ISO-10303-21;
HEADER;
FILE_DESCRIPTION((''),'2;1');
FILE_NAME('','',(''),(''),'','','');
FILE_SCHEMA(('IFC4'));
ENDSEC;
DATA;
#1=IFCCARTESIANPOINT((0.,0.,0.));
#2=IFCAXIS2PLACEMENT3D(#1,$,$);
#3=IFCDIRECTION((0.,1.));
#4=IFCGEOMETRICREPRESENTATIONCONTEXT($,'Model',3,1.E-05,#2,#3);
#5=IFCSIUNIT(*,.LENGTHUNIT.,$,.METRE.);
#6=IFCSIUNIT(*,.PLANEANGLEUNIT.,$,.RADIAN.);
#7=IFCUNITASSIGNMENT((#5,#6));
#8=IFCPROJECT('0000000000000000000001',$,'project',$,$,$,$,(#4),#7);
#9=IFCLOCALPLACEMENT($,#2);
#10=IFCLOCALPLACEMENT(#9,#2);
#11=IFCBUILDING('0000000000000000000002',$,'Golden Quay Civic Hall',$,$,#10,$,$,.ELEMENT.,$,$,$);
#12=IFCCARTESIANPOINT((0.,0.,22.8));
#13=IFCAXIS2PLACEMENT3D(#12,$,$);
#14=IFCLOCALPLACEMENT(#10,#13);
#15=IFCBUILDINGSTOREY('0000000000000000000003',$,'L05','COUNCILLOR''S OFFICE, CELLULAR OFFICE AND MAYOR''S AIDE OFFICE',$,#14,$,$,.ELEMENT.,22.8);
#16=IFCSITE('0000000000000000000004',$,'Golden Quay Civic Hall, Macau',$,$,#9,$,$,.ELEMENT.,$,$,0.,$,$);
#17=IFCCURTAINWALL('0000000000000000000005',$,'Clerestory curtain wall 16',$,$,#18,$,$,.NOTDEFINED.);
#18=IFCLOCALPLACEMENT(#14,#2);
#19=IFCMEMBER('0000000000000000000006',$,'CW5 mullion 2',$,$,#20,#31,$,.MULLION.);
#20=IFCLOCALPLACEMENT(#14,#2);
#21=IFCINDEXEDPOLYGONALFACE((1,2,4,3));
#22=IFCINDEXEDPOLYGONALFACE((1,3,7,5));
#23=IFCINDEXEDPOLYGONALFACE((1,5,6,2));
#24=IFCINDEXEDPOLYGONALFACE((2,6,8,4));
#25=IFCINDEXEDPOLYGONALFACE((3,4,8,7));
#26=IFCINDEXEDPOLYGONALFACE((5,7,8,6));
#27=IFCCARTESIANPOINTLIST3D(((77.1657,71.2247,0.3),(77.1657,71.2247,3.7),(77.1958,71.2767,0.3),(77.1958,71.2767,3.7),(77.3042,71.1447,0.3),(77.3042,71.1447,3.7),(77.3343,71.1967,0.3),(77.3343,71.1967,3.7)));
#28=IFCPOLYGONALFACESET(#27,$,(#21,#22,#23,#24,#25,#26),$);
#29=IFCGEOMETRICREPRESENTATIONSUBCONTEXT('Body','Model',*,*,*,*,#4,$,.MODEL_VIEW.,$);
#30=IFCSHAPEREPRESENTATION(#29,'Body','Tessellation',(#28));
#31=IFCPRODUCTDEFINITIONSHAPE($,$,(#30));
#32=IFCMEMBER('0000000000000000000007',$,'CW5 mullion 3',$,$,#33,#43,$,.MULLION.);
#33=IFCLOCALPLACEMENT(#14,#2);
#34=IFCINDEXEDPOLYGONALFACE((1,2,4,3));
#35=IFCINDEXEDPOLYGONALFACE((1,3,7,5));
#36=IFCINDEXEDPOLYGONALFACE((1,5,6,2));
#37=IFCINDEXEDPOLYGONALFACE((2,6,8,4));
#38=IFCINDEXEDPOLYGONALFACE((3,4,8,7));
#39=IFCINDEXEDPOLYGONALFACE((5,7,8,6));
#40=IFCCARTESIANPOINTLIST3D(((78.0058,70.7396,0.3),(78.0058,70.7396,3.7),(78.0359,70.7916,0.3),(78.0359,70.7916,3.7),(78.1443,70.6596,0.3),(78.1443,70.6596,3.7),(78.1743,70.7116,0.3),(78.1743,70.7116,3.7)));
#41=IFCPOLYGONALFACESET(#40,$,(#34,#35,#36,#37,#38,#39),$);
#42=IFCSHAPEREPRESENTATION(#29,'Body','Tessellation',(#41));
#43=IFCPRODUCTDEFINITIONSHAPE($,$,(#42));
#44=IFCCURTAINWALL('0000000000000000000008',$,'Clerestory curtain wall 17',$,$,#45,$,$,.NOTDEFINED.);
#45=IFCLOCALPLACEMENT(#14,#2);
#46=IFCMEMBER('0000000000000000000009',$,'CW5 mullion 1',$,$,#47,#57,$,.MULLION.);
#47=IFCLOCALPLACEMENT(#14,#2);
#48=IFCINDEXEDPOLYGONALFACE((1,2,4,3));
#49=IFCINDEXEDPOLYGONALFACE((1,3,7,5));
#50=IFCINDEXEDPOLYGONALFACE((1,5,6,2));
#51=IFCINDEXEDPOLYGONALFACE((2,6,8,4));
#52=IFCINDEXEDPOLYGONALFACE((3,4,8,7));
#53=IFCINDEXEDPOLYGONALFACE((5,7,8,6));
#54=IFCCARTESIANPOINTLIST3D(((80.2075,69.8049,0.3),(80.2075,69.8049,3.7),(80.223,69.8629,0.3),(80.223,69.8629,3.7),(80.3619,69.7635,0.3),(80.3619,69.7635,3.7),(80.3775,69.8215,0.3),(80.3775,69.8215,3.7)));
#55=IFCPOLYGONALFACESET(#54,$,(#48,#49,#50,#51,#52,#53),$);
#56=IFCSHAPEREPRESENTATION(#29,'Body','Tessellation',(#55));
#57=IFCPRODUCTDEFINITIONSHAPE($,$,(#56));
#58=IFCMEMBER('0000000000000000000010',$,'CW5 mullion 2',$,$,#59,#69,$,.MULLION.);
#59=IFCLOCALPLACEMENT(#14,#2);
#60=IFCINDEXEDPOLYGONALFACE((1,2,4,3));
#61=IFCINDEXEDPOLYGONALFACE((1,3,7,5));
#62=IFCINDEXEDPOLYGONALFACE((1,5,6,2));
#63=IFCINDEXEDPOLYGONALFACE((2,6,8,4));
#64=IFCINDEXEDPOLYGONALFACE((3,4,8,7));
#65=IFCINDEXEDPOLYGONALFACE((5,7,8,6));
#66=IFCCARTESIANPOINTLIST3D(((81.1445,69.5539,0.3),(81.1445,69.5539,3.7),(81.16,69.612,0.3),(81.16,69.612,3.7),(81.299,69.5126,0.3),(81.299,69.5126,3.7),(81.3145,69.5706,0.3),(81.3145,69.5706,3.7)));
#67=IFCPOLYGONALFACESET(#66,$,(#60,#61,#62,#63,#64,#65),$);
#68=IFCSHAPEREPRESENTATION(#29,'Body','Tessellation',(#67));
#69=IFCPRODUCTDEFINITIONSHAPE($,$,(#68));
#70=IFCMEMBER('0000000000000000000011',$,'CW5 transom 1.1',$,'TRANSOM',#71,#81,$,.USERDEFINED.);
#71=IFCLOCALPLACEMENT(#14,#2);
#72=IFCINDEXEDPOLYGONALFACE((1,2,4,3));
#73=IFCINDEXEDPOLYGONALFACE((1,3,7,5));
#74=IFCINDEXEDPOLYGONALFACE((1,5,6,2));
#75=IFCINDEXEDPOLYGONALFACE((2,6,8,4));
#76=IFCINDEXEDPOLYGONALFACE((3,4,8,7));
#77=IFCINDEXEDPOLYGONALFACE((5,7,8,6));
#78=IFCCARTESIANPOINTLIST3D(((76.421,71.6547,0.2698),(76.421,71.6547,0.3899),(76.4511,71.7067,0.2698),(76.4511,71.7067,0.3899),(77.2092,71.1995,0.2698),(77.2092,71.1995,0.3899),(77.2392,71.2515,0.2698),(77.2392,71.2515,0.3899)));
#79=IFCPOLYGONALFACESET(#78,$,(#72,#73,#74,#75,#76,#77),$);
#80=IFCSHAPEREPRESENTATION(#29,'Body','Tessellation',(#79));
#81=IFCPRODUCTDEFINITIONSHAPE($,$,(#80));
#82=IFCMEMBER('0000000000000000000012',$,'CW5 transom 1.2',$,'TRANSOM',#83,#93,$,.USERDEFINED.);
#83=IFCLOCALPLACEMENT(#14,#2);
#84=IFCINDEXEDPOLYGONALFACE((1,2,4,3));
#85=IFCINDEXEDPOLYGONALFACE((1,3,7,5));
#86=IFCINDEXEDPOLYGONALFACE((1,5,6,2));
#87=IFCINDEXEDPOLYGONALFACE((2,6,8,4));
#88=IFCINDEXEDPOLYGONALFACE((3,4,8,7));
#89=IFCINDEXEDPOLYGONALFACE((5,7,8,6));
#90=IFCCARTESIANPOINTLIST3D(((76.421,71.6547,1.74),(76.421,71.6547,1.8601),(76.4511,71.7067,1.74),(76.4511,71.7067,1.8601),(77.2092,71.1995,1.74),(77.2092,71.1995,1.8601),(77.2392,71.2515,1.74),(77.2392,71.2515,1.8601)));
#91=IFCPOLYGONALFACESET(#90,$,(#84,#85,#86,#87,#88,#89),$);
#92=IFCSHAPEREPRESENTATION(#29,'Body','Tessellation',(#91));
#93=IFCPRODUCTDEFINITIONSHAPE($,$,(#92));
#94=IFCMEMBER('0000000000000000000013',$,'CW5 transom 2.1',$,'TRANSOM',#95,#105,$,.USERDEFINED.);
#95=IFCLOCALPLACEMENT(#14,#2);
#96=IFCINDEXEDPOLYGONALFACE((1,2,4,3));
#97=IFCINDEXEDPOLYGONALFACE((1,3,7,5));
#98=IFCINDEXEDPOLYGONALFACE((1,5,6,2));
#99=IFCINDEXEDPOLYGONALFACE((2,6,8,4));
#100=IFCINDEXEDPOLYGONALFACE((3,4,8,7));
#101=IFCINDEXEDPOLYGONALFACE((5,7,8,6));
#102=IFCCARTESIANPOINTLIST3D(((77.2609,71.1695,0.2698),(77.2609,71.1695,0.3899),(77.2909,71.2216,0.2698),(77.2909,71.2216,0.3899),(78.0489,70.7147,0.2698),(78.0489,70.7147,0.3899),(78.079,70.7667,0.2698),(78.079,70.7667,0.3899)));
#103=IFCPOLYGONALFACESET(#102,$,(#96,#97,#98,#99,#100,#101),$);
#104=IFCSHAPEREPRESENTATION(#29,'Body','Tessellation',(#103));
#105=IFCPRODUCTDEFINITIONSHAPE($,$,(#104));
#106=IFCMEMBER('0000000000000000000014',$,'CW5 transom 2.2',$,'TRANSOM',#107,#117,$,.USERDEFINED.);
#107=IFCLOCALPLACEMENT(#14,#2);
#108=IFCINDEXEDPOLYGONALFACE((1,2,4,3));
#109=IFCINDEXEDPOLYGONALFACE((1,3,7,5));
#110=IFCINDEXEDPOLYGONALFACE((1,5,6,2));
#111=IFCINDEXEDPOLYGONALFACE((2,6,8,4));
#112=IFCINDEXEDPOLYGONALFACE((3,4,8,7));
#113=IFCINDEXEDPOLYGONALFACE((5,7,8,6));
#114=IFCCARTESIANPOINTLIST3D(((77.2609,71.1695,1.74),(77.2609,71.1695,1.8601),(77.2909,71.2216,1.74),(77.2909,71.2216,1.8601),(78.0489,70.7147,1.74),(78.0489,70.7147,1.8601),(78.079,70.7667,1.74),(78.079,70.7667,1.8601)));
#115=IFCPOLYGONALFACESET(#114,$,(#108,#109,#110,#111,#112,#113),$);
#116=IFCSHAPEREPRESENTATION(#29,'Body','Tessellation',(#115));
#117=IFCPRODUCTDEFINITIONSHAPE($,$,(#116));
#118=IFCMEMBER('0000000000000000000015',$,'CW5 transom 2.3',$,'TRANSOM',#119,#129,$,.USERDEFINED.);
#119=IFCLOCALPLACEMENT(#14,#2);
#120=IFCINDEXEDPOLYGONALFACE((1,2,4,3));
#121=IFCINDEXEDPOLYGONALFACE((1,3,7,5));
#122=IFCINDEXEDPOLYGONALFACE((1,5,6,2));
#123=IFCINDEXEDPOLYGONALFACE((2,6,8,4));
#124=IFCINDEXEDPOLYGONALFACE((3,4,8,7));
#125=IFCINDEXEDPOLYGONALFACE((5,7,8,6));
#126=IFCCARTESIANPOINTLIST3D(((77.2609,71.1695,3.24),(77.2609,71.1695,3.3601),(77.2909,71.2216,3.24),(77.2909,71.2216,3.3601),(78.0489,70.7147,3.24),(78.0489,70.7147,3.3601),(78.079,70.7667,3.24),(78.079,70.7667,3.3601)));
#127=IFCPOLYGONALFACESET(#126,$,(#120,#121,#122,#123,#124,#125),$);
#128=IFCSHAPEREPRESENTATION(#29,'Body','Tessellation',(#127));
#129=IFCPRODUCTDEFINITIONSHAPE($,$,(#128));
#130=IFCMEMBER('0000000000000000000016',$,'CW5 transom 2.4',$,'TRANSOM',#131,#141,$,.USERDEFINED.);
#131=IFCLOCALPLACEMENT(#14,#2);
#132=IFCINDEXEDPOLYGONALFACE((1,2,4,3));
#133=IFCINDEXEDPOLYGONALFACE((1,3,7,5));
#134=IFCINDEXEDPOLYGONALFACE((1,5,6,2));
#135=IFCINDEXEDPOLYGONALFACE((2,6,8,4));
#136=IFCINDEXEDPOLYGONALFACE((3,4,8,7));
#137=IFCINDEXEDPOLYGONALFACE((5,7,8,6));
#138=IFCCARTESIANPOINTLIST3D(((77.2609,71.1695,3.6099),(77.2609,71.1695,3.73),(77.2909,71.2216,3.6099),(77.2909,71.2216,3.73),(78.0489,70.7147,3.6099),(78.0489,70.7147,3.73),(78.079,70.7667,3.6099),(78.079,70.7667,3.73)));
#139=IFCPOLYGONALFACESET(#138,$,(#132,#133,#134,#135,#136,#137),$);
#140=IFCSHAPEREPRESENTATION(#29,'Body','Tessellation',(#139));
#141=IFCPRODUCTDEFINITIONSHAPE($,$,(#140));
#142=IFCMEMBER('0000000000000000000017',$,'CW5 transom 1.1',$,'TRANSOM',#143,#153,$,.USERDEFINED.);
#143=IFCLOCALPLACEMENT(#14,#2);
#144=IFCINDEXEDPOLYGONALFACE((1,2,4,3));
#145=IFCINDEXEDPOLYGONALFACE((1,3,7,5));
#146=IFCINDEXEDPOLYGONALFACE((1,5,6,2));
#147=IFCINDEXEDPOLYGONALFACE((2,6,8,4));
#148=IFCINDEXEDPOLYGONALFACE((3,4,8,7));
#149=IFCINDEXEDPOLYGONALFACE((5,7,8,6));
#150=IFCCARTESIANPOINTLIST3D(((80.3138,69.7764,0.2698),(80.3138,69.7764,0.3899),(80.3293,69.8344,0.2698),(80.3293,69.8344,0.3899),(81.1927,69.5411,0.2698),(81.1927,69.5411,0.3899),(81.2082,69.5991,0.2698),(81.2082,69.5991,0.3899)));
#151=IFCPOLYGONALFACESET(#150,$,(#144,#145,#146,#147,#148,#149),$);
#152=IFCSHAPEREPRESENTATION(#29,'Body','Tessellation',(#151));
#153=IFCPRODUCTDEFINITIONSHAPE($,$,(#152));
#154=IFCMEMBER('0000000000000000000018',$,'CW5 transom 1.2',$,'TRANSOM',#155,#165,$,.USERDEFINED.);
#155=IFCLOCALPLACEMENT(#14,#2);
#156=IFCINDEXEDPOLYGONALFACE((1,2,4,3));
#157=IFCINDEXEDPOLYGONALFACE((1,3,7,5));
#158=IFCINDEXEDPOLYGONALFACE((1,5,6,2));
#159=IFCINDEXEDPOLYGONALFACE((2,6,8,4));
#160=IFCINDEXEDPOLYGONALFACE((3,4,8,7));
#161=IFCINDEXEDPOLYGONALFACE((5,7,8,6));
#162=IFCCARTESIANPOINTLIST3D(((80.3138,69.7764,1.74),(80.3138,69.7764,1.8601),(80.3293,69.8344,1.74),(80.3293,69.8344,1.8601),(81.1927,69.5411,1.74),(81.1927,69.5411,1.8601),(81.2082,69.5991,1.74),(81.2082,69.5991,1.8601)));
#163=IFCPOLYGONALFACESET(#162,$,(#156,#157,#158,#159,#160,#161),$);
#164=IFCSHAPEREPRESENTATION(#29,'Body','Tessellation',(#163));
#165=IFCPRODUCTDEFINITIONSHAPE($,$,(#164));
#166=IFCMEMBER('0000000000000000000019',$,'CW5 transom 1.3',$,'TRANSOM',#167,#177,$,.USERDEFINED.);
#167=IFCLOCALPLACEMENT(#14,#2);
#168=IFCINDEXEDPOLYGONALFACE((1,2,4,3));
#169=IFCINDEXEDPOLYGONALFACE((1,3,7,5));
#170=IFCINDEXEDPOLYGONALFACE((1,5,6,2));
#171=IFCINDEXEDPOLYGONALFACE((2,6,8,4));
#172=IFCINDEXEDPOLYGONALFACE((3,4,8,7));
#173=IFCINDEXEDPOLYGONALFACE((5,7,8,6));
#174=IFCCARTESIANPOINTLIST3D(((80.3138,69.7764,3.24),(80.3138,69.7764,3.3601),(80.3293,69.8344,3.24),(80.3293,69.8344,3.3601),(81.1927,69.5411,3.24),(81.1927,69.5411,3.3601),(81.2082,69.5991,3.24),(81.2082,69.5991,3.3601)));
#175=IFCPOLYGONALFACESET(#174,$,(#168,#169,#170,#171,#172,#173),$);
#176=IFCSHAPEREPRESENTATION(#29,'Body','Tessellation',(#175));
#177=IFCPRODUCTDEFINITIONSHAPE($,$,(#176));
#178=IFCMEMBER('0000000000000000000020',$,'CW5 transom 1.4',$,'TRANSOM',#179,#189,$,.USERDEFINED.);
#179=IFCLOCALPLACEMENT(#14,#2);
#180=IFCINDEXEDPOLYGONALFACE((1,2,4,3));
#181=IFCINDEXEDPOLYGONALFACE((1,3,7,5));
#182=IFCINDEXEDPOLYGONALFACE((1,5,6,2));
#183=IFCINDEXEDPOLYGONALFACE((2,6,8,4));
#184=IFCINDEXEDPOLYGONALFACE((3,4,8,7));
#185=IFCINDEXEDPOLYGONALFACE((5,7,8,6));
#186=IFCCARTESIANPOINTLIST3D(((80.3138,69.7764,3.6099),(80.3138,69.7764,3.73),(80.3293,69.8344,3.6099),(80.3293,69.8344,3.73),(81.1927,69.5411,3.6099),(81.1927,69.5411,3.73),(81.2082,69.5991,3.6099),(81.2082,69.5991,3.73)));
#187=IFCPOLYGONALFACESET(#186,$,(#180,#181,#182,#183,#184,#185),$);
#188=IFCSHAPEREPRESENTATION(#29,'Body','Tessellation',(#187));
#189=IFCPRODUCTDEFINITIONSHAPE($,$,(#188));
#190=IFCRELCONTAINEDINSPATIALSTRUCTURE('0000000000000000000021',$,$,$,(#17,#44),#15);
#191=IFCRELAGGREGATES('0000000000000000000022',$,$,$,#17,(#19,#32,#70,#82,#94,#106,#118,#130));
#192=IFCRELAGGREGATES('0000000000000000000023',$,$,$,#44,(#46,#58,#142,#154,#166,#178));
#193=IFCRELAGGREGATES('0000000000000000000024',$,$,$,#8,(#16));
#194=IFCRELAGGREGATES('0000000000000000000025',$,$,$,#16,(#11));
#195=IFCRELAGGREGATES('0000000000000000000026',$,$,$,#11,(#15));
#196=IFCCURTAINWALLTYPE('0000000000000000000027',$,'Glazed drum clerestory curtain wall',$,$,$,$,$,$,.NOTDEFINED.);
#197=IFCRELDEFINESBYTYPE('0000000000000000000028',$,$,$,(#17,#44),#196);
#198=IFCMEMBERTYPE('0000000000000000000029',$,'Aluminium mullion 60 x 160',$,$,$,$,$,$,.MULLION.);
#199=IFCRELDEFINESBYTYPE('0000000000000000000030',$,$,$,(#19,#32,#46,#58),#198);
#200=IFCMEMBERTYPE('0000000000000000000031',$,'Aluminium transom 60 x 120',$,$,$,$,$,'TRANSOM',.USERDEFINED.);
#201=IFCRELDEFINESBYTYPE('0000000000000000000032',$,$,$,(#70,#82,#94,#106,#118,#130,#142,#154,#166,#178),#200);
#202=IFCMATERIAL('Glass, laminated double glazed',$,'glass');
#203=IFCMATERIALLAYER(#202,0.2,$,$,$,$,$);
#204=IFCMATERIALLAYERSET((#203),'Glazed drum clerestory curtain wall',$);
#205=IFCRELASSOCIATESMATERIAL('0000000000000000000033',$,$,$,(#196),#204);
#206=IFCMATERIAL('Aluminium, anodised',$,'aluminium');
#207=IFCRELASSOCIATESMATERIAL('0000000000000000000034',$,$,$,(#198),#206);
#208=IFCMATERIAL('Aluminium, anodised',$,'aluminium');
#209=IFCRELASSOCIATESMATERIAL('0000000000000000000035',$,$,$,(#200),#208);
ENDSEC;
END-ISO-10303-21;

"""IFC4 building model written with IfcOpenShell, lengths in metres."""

from ifc_helpers import new_model, si_unit, direction, frame, origin, origin_2d, place, context, subcontext, project, spatial, rectangle, extrude, material, layer, layer_set, material_profile, profile_set, type_object, element, aggregate, save


model = new_model("IFC4")

# Units and contexts
model_context = context("Model", 3, precision=1e-05, world=origin(), true_north=direction((0.0, 1.0)))
body_context = subcontext(model_context, "Body", "Model", "MODEL_VIEW")
ifc_project = project(units=[si_unit("LENGTHUNIT", "METRE"), si_unit("PLANEANGLEUNIT", "RADIAN")], contexts=[model_context])

# Site, building, storey
site_placement = place(None, origin())
site = spatial("IfcSite", under=ifc_project, at=site_placement, Name="Golden Quay Civic Hall, Macau", CompositionType="ELEMENT", RefElevation=0.0)
building_placement = place(site_placement, origin())
building = spatial("IfcBuilding", under=site, at=building_placement, Name="Golden Quay Civic Hall", CompositionType="ELEMENT")
storey_placement = place(building_placement, frame((0.0, 0.0, 22.8)))
storey = spatial("IfcBuildingStorey", under=building, at=storey_placement, Name="L05", Description="COUNCILLOR'S OFFICE, CELLULAR OFFICE AND MAYOR'S AIDE OFFICE", CompositionType="ELEMENT", Elevation=22.8)

# Curtain walls, members
ifc_material_1 = material(Name="Glass, laminated double glazed", Category="glass")
ifc_layer_1 = layer(ifc_material_1, 0.2)
ifc_layer_set_1 = layer_set([ifc_layer_1], Name="Glazed drum clerestory curtain wall")
curtain_wall_type = type_object("IfcCurtainWallType", Name="Glazed drum clerestory curtain wall", PredefinedType="NOTDEFINED", material=ifc_layer_set_1)
curtain_wall_1_placement = place(storey_placement, origin())
curtain_wall_1 = element("IfcCurtainWall", 1, at=curtain_wall_1_placement, inside=storey, type_object=curtain_wall_type, Name="Clerestory curtain wall 16", PredefinedType="NOTDEFINED")
ifc_material_2 = material(Name="Aluminium, anodised", Category="aluminium")
ifc_material_profile_1 = material_profile(ifc_material_2, rectangle(XDim=0.0601, YDim=0.1599, at=origin_2d()), Name="Aluminium 60 x 160")
ifc_profile_set_1 = profile_set([ifc_material_profile_1], Name="Aluminium, anodised")
member_type_1 = type_object("IfcMemberType", Name="Aluminium mullion 60 x 160", PredefinedType="MULLION", material=ifc_profile_set_1)
member_1_placement = place(storey_placement, frame((77.25, 71.2107, 0.3), z_axis=(0.0, 0.0, 1.0), x_axis=(0.500011, 0.866019, 0.0)))
member_1 = element("IfcMember", 2, at=member_1_placement, type_object=member_type_1, Name="CW5 mullion 2", PredefinedType="MULLION", context=body_context, shape_type="SweptSolid", body=[
    extrude(rectangle(XDim=0.0601, YDim=0.1599, at=origin_2d()), origin(), (0.0, 0.0, 1.0), 3.3999),
])
member_2_placement = place(storey_placement, frame((78.0901, 70.7256, 0.3), z_axis=(0.0, 0.0, 1.0), x_axis=(0.500011, 0.866019, 0.0)))
member_2 = element("IfcMember", 3, at=member_2_placement, type_object=member_type_1, Name="CW5 mullion 3", PredefinedType="MULLION", context=body_context, shape_type="SweptSolid", body=[
    extrude(rectangle(XDim=0.0601, YDim=0.1599, at=origin_2d()), origin(), (0.0, 0.0, 1.0), 3.3999),
])
curtain_wall_2_placement = place(storey_placement, origin())
curtain_wall_2 = element("IfcCurtainWall", 4, at=curtain_wall_2_placement, inside=storey, type_object=curtain_wall_type, Name="Clerestory curtain wall 17", PredefinedType="NOTDEFINED")
member_3_placement = place(storey_placement, frame((80.2925, 69.8132, 0.3), z_axis=(0.0, 0.0, 1.0), x_axis=(0.258808, 0.965929, 0.0)))
member_3 = element("IfcMember", 5, at=member_3_placement, type_object=member_type_1, Name="CW5 mullion 1", PredefinedType="MULLION", context=body_context, shape_type="SweptSolid", body=[
    extrude(rectangle(XDim=0.0601, YDim=0.1599, at=origin_2d()), origin(), (0.0, 0.0, 1.0), 3.3999),
])
member_4_placement = place(storey_placement, frame((81.2295, 69.5623, 0.3), z_axis=(0.0, 0.0, 1.0), x_axis=(0.258808, 0.965929, 0.0)))
member_4 = element("IfcMember", 6, at=member_4_placement, type_object=member_type_1, Name="CW5 mullion 2", PredefinedType="MULLION", context=body_context, shape_type="SweptSolid", body=[
    extrude(rectangle(XDim=0.0601, YDim=0.1599, at=origin_2d()), origin(), (0.0, 0.0, 1.0), 3.3999),
])

# Members
ifc_material_3 = material(Name="Aluminium, anodised", Category="aluminium")
ifc_material_profile_2 = material_profile(ifc_material_3, rectangle(XDim=0.0601, YDim=0.1201, at=origin_2d()), Name="Aluminium 60 x 120")
ifc_profile_set_2 = profile_set([ifc_material_profile_2], Name="Aluminium, anodised")
member_type_2 = type_object("IfcMemberType", Name="Aluminium transom 60 x 120", ElementType="TRANSOM", PredefinedType="USERDEFINED", material=ifc_profile_set_2)
member_5_placement = place(storey_placement, frame((76.436, 71.6807, 0.3298), z_axis=(0.865989, -0.500063, 0.0), x_axis=(0.500063, 0.865989, 0.0)))
member_5 = element("IfcMember", 7, at=member_5_placement, type_object=member_type_2, Name="CW5 transom 1.1", ObjectType="TRANSOM", PredefinedType="USERDEFINED", context=body_context, shape_type="SweptSolid", body=[
    extrude(rectangle(XDim=0.0601, YDim=0.1201, at=origin_2d()), origin(), (0.0, 0.0, 1.0), 0.9102),
])
member_6_placement = place(storey_placement, frame((76.436, 71.6807, 1.8), z_axis=(0.865989, -0.500063, 0.0), x_axis=(0.500063, 0.865989, 0.0)))
member_6 = element("IfcMember", 8, at=member_6_placement, type_object=member_type_2, Name="CW5 transom 1.2", ObjectType="TRANSOM", PredefinedType="USERDEFINED", context=body_context, shape_type="SweptSolid", body=[
    extrude(rectangle(XDim=0.0601, YDim=0.1201, at=origin_2d()), origin(), (0.0, 0.0, 1.0), 0.9102),
])
member_7_placement = place(storey_placement, frame((77.2759, 71.1956, 0.3298), z_axis=(0.866105, -0.499862, 0.0), x_axis=(0.499862, 0.866105, 0.0)))
member_7 = element("IfcMember", 9, at=member_7_placement, type_object=member_type_2, Name="CW5 transom 2.1", ObjectType="TRANSOM", PredefinedType="USERDEFINED", context=body_context, shape_type="SweptSolid", body=[
    extrude(rectangle(XDim=0.0601, YDim=0.1201, at=origin_2d()), origin(), (0.0, 0.0, 1.0), 0.9099),
])
member_8_placement = place(storey_placement, frame((77.2759, 71.1956, 1.8), z_axis=(0.866105, -0.499862, 0.0), x_axis=(0.499862, 0.866105, 0.0)))
member_8 = element("IfcMember", 10, at=member_8_placement, type_object=member_type_2, Name="CW5 transom 2.2", ObjectType="TRANSOM", PredefinedType="USERDEFINED", context=body_context, shape_type="SweptSolid", body=[
    extrude(rectangle(XDim=0.0601, YDim=0.1201, at=origin_2d()), origin(), (0.0, 0.0, 1.0), 0.9099),
])
member_9_placement = place(storey_placement, frame((77.2759, 71.1956, 3.3), z_axis=(0.866105, -0.499862, 0.0), x_axis=(0.499862, 0.866105, 0.0)))
member_9 = element("IfcMember", 11, at=member_9_placement, type_object=member_type_2, Name="CW5 transom 2.3", ObjectType="TRANSOM", PredefinedType="USERDEFINED", context=body_context, shape_type="SweptSolid", body=[
    extrude(rectangle(XDim=0.0601, YDim=0.1201, at=origin_2d()), origin(), (0.0, 0.0, 1.0), 0.9099),
])
member_10_placement = place(storey_placement, frame((77.2759, 71.1956, 3.6699), z_axis=(0.866105, -0.499862, 0.0), x_axis=(0.499862, 0.866105, 0.0)))
member_10 = element("IfcMember", 12, at=member_10_placement, type_object=member_type_2, Name="CW5 transom 2.4", ObjectType="TRANSOM", PredefinedType="USERDEFINED", context=body_context, shape_type="SweptSolid", body=[
    extrude(rectangle(XDim=0.0601, YDim=0.1201, at=origin_2d()), origin(), (0.0, 0.0, 1.0), 0.9099),
])
member_11_placement = place(storey_placement, frame((80.3215, 69.8054, 0.3298), z_axis=(0.965967, -0.258665, 0.0), x_axis=(0.258665, 0.965967, 0.0)))
member_11 = element("IfcMember", 13, at=member_11_placement, type_object=member_type_2, Name="CW5 transom 1.1", ObjectType="TRANSOM", PredefinedType="USERDEFINED", context=body_context, shape_type="SweptSolid", body=[
    extrude(rectangle(XDim=0.0601, YDim=0.1201, at=origin_2d()), origin(), (0.0, 0.0, 1.0), 0.9099),
])
member_12_placement = place(storey_placement, frame((80.3215, 69.8054, 1.8), z_axis=(0.965967, -0.258665, 0.0), x_axis=(0.258665, 0.965967, 0.0)))
member_12 = element("IfcMember", 14, at=member_12_placement, type_object=member_type_2, Name="CW5 transom 1.2", ObjectType="TRANSOM", PredefinedType="USERDEFINED", context=body_context, shape_type="SweptSolid", body=[
    extrude(rectangle(XDim=0.0601, YDim=0.1201, at=origin_2d()), origin(), (0.0, 0.0, 1.0), 0.9099),
])
member_13_placement = place(storey_placement, frame((80.3215, 69.8054, 3.3), z_axis=(0.965967, -0.258665, 0.0), x_axis=(0.258665, 0.965967, 0.0)))
member_13 = element("IfcMember", 15, at=member_13_placement, type_object=member_type_2, Name="CW5 transom 1.3", ObjectType="TRANSOM", PredefinedType="USERDEFINED", context=body_context, shape_type="SweptSolid", body=[
    extrude(rectangle(XDim=0.0601, YDim=0.1201, at=origin_2d()), origin(), (0.0, 0.0, 1.0), 0.9099),
])
member_14_placement = place(storey_placement, frame((80.3215, 69.8054, 3.6699), z_axis=(0.965967, -0.258665, 0.0), x_axis=(0.258665, 0.965967, 0.0)))
member_14 = element("IfcMember", 16, at=member_14_placement, type_object=member_type_2, Name="CW5 transom 1.4", ObjectType="TRANSOM", PredefinedType="USERDEFINED", context=body_context, shape_type="SweptSolid", body=[
    extrude(rectangle(XDim=0.0601, YDim=0.1201, at=origin_2d()), origin(), (0.0, 0.0, 1.0), 0.9099),
])

aggregate(curtain_wall_1, [member_1, member_2, member_5, member_6, member_7, member_8, member_9, member_10])
aggregate(curtain_wall_2, [member_3, member_4, member_11, member_12, member_13, member_14])

save(model, "model.ifc")
